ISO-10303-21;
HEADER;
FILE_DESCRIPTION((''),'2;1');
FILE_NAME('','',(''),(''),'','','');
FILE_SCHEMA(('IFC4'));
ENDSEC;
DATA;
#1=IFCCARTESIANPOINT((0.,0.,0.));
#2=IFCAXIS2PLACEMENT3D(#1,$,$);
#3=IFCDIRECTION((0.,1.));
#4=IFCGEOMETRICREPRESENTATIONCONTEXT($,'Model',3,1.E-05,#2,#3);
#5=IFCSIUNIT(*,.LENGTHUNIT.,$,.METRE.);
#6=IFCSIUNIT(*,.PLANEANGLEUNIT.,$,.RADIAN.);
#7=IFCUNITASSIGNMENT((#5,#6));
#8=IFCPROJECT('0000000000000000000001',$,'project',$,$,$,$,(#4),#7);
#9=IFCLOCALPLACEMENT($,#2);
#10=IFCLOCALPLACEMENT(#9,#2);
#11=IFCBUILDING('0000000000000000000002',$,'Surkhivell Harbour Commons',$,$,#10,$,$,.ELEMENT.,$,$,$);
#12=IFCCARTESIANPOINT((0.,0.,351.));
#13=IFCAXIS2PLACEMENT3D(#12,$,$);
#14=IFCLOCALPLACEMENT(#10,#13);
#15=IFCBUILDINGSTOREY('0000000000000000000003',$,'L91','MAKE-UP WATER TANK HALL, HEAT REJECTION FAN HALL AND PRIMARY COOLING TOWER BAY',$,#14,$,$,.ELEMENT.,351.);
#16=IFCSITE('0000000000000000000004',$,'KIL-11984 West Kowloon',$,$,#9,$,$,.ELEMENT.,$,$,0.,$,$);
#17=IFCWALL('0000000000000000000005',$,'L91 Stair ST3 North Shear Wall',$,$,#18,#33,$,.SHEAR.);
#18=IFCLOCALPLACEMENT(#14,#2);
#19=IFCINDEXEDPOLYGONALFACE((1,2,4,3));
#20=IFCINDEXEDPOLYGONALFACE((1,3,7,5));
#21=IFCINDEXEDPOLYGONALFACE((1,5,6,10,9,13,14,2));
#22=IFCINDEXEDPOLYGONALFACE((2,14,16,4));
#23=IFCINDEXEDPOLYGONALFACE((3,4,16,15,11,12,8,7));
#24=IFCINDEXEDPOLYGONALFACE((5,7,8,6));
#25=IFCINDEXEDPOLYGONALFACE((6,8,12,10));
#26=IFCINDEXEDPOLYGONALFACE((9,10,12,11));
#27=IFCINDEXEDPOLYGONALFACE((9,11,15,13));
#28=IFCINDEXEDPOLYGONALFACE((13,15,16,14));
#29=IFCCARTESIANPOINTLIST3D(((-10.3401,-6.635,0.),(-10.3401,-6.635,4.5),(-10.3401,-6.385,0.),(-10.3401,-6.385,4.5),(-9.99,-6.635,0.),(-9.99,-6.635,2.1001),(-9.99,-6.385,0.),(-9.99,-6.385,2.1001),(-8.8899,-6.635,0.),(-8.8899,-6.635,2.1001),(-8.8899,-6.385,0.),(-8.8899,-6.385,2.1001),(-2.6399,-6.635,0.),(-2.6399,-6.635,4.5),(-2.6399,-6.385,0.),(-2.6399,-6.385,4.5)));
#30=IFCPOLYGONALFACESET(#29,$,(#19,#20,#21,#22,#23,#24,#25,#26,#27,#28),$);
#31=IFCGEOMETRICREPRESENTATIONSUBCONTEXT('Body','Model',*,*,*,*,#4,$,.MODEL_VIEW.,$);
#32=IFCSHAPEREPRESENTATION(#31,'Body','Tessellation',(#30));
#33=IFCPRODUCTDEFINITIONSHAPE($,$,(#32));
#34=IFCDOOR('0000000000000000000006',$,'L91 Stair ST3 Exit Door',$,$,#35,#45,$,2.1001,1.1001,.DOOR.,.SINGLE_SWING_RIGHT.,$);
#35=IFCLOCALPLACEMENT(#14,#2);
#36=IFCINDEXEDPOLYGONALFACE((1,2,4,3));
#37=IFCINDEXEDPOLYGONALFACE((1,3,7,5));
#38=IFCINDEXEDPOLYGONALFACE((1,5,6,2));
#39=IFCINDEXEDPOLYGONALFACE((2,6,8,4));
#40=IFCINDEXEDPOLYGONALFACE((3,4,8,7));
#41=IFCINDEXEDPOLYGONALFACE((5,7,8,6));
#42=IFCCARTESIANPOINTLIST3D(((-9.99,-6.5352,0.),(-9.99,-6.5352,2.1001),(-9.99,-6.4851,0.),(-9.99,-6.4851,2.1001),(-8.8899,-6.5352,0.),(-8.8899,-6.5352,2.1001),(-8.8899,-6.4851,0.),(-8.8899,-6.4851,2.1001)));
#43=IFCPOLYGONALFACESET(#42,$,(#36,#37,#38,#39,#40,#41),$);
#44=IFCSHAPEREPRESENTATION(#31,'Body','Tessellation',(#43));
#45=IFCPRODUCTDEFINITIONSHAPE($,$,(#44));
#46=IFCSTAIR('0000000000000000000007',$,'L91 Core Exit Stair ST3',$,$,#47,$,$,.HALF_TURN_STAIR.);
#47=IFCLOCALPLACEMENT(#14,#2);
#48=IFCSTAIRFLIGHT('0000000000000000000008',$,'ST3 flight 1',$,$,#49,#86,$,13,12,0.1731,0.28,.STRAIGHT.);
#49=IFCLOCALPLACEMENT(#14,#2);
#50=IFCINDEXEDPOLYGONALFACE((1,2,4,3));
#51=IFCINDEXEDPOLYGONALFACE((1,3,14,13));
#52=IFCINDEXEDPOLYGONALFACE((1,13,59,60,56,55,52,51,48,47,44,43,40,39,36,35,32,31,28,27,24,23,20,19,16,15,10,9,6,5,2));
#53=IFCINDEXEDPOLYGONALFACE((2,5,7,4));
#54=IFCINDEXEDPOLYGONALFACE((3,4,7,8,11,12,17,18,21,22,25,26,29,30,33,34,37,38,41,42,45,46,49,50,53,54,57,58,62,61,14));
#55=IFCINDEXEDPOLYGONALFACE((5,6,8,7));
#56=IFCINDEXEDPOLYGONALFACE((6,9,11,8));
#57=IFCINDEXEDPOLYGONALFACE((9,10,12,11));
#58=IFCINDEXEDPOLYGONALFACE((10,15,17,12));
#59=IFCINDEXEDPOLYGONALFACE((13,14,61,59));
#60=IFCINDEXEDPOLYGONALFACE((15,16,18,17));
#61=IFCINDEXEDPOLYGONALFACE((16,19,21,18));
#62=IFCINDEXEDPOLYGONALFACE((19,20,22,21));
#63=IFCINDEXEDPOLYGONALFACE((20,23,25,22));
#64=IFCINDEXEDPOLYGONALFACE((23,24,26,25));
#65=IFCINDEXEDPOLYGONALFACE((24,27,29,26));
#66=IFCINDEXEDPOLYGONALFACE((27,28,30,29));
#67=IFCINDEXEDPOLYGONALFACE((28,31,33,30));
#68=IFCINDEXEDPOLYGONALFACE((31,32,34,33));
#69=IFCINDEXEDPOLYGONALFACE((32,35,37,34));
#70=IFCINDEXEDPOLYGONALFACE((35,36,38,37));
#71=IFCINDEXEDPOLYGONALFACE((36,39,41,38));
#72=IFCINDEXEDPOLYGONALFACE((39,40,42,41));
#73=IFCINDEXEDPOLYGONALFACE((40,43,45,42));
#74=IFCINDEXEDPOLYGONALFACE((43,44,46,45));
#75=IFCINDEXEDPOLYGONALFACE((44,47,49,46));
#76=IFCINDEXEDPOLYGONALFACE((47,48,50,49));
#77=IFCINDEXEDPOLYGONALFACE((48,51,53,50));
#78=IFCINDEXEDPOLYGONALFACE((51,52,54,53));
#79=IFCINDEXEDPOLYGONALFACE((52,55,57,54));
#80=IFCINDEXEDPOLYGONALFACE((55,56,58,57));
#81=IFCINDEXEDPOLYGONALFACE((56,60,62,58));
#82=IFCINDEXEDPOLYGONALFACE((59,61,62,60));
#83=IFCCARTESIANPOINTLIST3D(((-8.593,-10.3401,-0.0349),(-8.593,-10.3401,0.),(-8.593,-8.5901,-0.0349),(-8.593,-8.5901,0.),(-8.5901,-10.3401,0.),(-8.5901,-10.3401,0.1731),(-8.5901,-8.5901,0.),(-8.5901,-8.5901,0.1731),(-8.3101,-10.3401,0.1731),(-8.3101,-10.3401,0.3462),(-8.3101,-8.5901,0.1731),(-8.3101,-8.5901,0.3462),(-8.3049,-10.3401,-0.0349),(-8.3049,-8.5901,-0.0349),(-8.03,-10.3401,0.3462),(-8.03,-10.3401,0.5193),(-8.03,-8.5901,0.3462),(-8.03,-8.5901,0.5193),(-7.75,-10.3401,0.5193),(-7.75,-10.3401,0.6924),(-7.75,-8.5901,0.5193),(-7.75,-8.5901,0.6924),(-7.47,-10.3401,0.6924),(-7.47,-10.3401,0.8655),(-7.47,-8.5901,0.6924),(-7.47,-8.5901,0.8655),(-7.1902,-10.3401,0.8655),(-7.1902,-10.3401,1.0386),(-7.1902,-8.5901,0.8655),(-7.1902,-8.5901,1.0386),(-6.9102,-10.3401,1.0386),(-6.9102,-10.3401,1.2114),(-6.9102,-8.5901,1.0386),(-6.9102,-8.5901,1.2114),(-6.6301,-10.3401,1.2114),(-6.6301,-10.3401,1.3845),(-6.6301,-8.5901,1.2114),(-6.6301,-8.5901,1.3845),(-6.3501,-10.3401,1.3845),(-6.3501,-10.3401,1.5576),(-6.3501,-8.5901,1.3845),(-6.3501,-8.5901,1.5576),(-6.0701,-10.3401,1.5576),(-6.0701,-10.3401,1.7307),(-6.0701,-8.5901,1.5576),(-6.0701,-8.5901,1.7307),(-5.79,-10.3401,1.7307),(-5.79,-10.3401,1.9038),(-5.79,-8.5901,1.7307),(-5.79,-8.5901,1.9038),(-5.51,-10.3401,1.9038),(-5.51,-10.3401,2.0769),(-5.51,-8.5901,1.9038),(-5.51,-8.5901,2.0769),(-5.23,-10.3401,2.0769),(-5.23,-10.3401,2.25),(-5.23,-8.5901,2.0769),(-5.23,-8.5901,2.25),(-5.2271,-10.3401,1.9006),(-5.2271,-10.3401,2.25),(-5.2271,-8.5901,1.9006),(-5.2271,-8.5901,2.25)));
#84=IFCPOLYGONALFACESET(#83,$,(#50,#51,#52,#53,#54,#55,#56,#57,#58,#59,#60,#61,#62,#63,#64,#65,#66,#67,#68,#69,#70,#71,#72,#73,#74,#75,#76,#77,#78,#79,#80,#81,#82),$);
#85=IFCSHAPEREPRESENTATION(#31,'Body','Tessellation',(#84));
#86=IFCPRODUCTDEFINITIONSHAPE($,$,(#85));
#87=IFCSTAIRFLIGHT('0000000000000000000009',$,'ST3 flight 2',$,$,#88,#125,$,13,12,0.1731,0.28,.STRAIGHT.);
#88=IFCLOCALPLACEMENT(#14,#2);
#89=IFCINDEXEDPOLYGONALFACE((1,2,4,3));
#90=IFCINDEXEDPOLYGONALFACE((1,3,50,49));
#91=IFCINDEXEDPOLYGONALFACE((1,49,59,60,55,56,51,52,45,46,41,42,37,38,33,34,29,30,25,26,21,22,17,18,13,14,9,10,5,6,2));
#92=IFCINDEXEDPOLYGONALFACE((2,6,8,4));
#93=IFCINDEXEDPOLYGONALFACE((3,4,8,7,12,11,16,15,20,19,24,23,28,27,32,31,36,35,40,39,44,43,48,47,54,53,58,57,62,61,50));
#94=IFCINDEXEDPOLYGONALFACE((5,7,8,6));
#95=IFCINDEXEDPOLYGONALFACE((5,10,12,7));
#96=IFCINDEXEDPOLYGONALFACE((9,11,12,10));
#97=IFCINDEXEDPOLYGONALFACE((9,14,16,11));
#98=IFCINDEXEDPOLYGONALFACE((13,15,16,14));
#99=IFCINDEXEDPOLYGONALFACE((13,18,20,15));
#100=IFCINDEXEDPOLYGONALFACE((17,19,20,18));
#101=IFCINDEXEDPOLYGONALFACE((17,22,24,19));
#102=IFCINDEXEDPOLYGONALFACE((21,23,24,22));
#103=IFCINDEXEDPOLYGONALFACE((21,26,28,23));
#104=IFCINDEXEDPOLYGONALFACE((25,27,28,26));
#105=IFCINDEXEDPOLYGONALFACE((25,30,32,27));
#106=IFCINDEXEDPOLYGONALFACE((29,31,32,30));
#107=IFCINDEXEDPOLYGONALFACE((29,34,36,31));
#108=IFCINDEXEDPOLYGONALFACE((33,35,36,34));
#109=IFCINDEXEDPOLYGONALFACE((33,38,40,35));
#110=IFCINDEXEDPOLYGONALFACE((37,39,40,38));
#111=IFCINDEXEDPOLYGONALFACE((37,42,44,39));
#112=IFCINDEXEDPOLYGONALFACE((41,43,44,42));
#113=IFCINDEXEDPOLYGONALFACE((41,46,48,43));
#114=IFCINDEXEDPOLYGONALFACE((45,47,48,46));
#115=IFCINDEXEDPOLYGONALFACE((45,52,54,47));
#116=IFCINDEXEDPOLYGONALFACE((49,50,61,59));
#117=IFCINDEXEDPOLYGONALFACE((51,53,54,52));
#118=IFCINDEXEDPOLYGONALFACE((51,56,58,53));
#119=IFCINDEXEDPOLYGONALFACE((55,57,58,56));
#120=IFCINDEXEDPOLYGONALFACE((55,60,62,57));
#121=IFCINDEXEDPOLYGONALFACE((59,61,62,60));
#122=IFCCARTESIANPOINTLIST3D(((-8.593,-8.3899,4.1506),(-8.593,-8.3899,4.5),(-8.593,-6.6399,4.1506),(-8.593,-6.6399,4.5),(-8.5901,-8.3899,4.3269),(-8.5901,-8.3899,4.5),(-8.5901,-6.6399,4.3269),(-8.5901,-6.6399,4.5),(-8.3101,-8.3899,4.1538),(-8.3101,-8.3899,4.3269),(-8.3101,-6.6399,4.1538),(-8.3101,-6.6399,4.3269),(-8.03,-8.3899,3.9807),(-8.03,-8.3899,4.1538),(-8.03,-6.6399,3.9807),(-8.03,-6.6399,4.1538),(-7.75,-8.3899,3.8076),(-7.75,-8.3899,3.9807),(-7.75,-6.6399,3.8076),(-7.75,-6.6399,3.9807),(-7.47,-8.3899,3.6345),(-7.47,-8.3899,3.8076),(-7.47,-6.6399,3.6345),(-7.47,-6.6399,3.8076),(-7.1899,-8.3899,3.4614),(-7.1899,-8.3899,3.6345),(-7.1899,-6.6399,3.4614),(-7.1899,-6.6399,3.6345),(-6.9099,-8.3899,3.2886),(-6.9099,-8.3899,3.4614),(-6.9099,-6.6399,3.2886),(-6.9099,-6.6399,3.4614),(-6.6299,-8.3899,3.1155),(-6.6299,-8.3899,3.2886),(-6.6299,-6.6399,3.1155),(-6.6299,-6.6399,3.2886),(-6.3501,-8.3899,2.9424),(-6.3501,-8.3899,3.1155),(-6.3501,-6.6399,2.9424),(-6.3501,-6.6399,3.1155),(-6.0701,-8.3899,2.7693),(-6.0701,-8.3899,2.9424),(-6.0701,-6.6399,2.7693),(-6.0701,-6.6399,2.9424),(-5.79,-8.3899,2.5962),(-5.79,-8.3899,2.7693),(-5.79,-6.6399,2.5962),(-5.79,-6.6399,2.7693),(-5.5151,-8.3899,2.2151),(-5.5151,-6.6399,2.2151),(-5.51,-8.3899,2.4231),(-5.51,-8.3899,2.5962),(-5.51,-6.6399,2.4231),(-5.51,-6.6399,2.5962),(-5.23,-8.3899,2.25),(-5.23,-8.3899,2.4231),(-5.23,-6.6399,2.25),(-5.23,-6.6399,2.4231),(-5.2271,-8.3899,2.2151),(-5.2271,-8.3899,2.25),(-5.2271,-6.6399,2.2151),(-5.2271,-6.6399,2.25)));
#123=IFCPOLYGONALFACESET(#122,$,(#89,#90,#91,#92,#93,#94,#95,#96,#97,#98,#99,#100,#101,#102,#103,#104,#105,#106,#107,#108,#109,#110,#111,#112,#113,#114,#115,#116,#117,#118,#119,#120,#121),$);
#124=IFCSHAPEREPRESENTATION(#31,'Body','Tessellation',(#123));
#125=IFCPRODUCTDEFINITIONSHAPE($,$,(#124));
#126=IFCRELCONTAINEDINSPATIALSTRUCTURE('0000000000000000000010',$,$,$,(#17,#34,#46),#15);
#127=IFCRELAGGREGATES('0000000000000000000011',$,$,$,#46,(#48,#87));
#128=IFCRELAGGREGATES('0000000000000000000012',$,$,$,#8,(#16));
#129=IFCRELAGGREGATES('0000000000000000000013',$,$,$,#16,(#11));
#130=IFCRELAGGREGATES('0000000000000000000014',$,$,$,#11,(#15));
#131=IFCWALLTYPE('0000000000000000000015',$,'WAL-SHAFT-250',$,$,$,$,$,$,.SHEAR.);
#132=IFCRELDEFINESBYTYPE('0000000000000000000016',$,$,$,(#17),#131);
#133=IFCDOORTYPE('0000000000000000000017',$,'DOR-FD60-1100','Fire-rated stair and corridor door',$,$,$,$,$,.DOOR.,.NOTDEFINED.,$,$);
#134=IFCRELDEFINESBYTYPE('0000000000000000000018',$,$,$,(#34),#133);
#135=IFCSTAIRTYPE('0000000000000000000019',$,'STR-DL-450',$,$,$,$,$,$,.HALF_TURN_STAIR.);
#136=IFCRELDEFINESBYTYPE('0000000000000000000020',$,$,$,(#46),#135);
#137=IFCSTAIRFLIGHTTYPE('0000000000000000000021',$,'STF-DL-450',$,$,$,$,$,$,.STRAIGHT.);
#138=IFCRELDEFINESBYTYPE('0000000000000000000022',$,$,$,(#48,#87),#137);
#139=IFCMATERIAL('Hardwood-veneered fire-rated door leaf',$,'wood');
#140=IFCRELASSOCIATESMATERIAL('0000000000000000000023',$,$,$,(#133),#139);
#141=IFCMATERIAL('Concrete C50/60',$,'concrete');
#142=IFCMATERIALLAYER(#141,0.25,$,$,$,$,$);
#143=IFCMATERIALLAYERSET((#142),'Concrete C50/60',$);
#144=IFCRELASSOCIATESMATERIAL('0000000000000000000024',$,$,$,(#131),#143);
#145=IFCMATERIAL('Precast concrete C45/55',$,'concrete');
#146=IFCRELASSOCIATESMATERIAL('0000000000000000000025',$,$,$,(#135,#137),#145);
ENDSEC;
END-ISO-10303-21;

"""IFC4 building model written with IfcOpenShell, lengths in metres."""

from ifc_helpers import new_model, si_unit, direction, frame, frame_2d, origin, place, context, subcontext, project, spatial, polyline, rectangle, outline, extrude, material, layer, layer_set, type_object, element, fill, aggregate, save


model = new_model("IFC4")

# Units and contexts
model_context = context("Model", 3, precision=1e-05, world=origin(), true_north=direction((0.0, 1.0)))
body_context = subcontext(model_context, "Body", "Model", "MODEL_VIEW")
ifc_project = project(units=[si_unit("LENGTHUNIT", "METRE"), si_unit("PLANEANGLEUNIT", "RADIAN")], contexts=[model_context])

# Site, building, storey
site_placement = place(None, origin())
site = spatial("IfcSite", under=ifc_project, at=site_placement, Name="KIL-11984 West Kowloon", CompositionType="ELEMENT", RefElevation=0.0)
building_placement = place(site_placement, origin())
building = spatial("IfcBuilding", under=site, at=building_placement, Name="Surkhivell Harbour Commons", CompositionType="ELEMENT")
storey_placement = place(building_placement, frame((0.0, 0.0, 351.0)))
storey = spatial("IfcBuildingStorey", under=building, at=storey_placement, Name="L91", Description="MAKE-UP WATER TANK HALL, HEAT REJECTION FAN HALL AND PRIMARY COOLING TOWER BAY", CompositionType="ELEMENT", Elevation=351.0)

# Shared definitions
ifc_material_1 = material(Name="Concrete C50/60", Category="concrete")

# Shared definitions
ifc_material_2 = material(Name="Hardwood-veneered fire-rated door leaf", Category="wood")
door_type_1 = type_object("IfcDoorType", Name="DOR-FD60-1100", Description="Fire-rated stair and corridor door", OperationType="NOTDEFINED", PredefinedType="DOOR", material=ifc_material_2)

# Shared definitions
ifc_layer_1 = layer(ifc_material_1, 0.25)
ifc_layer_set_1 = layer_set([ifc_layer_1], Name="Concrete C50/60")
wall_type_1 = type_object("IfcWallType", Name="WAL-SHAFT-250", PredefinedType="SHEAR", material=ifc_layer_set_1)

# Wall, opening, door
wall_1_placement = place(storey_placement, frame((-10.3401, -6.51, 0.0), z_axis=(0.0, 0.0, 1.0), x_axis=(1.0, 0.0, 0.0)))
wall_1 = element("IfcWall", 1, at=wall_1_placement, inside=storey, type_object=wall_type_1, Name="L91 Stair ST3 North Shear Wall", PredefinedType="SHEAR", context=body_context, shape_type="SweptSolid", body=[
    extrude(rectangle(XDim=7.7002, YDim=0.25, at=frame_2d((3.8501, 0.0))), origin(), (0.0, 0.0, 1.0), 4.5),
])
opening_1_placement = place(wall_1_placement, frame((0.3501, 0.0, 0.0)))
opening_1 = element("IfcOpeningElement", 2, at=opening_1_placement, cuts=wall_1, PredefinedType="OPENING", context=body_context, shape_type="SweptSolid", body=[
    extrude(rectangle(XDim=1.1001, YDim=2.1001, at=frame_2d((0.55, 1.05))), frame((0.0, 0.135, 0.0), z_axis=(0.0, -1.0, 0.0), x_axis=(1.0, 0.0, 0.0)), (0.0, 0.0, 1.0), 0.27),
])
door_1_placement = place(opening_1_placement, origin())
door_1 = element("IfcDoor", 3, at=door_1_placement, inside=storey, type_object=door_type_1, Name="L91 Stair ST3 Exit Door", OperationType="SINGLE_SWING_RIGHT", OverallHeight=2.1001, OverallWidth=1.1001, PredefinedType="DOOR", context=body_context, shape_type="SweptSolid", body=[
    extrude(rectangle(XDim=1.1001, YDim=2.1001, at=frame_2d((0.55, 1.05))), frame((0.0, 0.0249, 0.0), z_axis=(0.0, -1.0, 0.0), x_axis=(1.0, 0.0, 0.0)), (0.0, 0.0, 1.0), 0.05),
])
fill(opening_1, door_1)

# Stair, stair flights
ifc_material_3 = material(Name="Precast concrete C45/55", Category="concrete")
stair_type = type_object("IfcStairType", Name="STR-DL-450", PredefinedType="HALF_TURN_STAIR", material=ifc_material_3)
stair_placement = place(storey_placement, origin())
stair = element("IfcStair", 4, at=stair_placement, inside=storey, type_object=stair_type, Name="L91 Core Exit Stair ST3", PredefinedType="HALF_TURN_STAIR")
stair_flight_type = type_object("IfcStairFlightType", Name="STF-DL-450", PredefinedType="STRAIGHT", material=ifc_material_3)
stair_flight_1_placement = place(storey_placement, frame((-8.5901, -9.4651, 0.0), z_axis=(0.0, 0.0, 1.0), x_axis=(1.0, 0.0, 0.0)))
stair_flight_1 = element("IfcStairFlight", 5, at=stair_flight_1_placement, type_object=stair_flight_type, Name="ST3 flight 1", NumberOfRisers=13, NumberOfTreads=12, PredefinedType="STRAIGHT", RiserHeight=0.1731, TreadLength=0.28, context=body_context, shape_type="SweptSolid", body=[
    extrude(outline(polyline([(-0.0029, -0.0349), (-0.0029, 0.0), (0.0, 0.0), (0.0, 0.1731), (0.28, 0.1731), (0.28, 0.3462), (0.5601, 0.3462), (0.5601, 0.5193), (0.8401, 0.5193), (0.8401, 0.6924), (1.1201, 0.6924), (1.1201, 0.8655), (1.3999, 0.8655), (1.3999, 1.0386), (1.6799, 1.0386), (1.6799, 1.2114), (1.96, 1.2114), (1.96, 1.3845), (2.24, 1.3845), (2.24, 1.5576), (2.52, 1.5576), (2.52, 1.7307), (2.8, 1.7307), (2.8, 1.9038), (3.0801, 1.9038), (3.0801, 2.0769), (3.3601, 2.0769), (3.3601, 2.25), (3.363, 2.25), (3.363, 1.9006), (0.2852, -0.0349), (-0.0029, -0.0349)])), frame((0.0, 0.875, 0.0), z_axis=(0.0, -1.0, 0.0), x_axis=(1.0, 0.0, 0.0)), (0.0, 0.0, 1.0), 1.75),
])
stair_flight_2_placement = place(storey_placement, frame((-5.23, -7.5149, 2.25), z_axis=(0.0, 0.0, 1.0), x_axis=(-1.0, 0.0, 0.0)))
stair_flight_2 = element("IfcStairFlight", 6, at=stair_flight_2_placement, type_object=stair_flight_type, Name="ST3 flight 2", NumberOfRisers=13, NumberOfTreads=12, PredefinedType="STRAIGHT", RiserHeight=0.1731, TreadLength=0.28, context=body_context, shape_type="SweptSolid", body=[
    extrude(outline(polyline([(-0.0029, -0.0349), (-0.0029, 0.0), (0.0, 0.0), (0.0, 0.1731), (0.28, 0.1731), (0.28, 0.3462), (0.5601, 0.3462), (0.5601, 0.5193), (0.8401, 0.5193), (0.8401, 0.6924), (1.1201, 0.6924), (1.1201, 0.8655), (1.3999, 0.8655), (1.3999, 1.0386), (1.6799, 1.0386), (1.6799, 1.2114), (1.96, 1.2114), (1.96, 1.3845), (2.24, 1.3845), (2.24, 1.5576), (2.52, 1.5576), (2.52, 1.7307), (2.8, 1.7307), (2.8, 1.9038), (3.0801, 1.9038), (3.0801, 2.0769), (3.3601, 2.0769), (3.3601, 2.25), (3.363, 2.25), (3.363, 1.9006), (0.2852, -0.0349), (-0.0029, -0.0349)])), frame((0.0, 0.875, 0.0), z_axis=(0.0, -1.0, 0.0), x_axis=(1.0, 0.0, 0.0)), (0.0, 0.0, 1.0), 1.75),
])
aggregate(stair, [stair_flight_1, stair_flight_2])

save(model, "model.ifc")
